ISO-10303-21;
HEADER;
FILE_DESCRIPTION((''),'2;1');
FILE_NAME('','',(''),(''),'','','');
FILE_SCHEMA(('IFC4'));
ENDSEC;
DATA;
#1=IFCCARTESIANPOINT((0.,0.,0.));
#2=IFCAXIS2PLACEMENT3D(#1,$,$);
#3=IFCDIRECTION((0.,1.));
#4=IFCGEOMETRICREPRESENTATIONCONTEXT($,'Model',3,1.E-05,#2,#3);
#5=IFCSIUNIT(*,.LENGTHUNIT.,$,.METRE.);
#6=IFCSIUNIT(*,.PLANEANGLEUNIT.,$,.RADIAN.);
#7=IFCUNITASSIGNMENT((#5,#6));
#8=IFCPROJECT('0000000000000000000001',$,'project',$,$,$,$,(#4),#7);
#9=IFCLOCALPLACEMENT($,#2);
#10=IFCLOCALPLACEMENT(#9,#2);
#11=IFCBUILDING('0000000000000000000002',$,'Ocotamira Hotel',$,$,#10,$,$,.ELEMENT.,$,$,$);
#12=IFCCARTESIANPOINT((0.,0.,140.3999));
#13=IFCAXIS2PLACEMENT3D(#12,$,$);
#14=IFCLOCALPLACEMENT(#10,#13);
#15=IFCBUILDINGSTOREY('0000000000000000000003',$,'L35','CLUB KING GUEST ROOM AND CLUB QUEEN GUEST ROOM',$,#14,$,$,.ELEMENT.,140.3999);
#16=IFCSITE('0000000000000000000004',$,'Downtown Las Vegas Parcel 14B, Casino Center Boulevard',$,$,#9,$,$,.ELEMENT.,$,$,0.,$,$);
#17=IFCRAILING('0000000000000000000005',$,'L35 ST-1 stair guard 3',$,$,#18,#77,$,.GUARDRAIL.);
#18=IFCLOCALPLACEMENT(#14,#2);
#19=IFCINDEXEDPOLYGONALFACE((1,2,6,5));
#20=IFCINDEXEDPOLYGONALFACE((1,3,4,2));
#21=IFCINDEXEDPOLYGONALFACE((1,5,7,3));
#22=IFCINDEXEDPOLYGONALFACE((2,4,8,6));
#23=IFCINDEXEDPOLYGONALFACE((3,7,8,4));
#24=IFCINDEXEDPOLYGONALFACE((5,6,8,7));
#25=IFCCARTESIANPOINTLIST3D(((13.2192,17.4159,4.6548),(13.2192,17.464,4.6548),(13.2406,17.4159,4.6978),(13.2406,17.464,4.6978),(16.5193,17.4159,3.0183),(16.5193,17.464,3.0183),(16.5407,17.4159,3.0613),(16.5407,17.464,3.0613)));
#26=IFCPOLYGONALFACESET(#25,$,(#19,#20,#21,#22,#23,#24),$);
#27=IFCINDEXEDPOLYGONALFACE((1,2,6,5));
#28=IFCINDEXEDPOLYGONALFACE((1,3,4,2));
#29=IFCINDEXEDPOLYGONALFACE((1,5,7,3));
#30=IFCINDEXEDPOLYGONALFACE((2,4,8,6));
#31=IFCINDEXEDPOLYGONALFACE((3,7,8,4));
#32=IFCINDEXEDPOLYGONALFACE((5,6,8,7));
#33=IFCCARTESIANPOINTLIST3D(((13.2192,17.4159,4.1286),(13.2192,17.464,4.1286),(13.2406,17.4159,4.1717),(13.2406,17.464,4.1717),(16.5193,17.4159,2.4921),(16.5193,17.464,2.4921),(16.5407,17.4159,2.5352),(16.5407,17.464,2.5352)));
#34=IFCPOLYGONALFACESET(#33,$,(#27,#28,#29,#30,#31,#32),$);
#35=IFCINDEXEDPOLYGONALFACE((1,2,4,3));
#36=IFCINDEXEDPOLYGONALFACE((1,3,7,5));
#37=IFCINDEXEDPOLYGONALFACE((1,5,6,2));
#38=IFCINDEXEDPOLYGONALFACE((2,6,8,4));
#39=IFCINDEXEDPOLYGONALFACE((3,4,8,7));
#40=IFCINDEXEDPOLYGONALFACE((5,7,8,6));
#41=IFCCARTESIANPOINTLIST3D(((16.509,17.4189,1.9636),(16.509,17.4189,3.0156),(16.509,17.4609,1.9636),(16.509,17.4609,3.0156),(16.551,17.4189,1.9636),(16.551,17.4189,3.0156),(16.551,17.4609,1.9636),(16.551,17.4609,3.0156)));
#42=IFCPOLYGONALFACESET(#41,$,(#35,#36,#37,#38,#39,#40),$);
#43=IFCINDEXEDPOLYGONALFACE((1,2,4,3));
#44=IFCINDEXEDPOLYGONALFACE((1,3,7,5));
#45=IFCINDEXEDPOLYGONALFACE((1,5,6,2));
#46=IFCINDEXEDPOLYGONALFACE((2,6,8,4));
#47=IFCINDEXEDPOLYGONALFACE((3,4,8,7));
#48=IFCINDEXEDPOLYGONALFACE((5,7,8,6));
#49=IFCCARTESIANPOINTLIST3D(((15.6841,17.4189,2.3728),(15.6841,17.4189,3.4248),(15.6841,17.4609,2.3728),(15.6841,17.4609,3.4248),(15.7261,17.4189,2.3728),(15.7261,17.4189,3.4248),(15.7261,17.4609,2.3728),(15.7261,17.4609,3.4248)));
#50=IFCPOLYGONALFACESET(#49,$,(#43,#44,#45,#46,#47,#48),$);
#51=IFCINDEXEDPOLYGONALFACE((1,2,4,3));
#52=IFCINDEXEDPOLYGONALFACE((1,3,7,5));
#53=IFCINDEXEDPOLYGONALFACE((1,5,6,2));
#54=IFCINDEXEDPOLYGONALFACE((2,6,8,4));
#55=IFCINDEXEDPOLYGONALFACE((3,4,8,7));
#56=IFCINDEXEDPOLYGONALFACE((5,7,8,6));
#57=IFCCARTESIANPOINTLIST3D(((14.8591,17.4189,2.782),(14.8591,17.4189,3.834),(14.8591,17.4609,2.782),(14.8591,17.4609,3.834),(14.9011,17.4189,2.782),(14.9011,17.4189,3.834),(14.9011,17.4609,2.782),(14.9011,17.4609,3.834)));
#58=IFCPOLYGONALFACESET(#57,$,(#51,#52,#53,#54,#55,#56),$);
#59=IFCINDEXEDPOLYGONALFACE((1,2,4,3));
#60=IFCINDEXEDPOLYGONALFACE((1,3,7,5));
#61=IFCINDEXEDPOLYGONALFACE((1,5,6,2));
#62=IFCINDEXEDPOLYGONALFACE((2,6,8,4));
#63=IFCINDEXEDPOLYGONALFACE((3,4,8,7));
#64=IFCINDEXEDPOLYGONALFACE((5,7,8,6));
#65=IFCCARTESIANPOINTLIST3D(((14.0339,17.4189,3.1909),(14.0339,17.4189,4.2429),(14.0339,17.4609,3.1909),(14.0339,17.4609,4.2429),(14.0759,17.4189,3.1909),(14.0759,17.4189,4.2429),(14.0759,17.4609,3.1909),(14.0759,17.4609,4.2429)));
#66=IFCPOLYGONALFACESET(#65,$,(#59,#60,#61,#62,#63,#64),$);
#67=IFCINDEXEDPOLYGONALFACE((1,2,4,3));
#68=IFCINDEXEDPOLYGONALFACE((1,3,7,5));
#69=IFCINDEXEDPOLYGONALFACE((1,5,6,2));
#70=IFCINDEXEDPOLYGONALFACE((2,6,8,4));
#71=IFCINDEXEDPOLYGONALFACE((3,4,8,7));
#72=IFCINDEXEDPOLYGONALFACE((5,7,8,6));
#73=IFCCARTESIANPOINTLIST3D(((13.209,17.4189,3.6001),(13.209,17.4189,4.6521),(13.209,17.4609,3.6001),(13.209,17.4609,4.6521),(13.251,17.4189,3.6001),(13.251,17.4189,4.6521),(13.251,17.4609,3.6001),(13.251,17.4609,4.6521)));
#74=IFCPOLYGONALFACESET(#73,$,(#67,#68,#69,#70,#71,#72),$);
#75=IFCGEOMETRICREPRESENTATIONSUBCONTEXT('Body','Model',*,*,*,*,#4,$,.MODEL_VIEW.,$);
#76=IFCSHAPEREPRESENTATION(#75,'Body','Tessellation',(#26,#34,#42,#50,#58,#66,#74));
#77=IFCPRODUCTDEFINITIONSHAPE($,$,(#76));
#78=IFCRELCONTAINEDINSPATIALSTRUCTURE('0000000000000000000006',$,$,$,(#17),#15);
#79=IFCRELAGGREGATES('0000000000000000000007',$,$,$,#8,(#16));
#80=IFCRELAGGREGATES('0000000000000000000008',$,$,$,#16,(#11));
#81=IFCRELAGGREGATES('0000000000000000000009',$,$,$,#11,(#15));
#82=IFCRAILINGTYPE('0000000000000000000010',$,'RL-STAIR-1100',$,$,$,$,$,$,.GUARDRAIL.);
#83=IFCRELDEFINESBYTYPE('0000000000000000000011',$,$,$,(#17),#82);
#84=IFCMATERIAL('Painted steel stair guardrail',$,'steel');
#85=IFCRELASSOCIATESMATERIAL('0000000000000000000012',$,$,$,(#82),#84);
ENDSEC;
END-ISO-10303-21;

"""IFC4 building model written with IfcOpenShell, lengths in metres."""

from ifc_helpers import new_model, si_unit, direction, frame, origin, origin_2d, place, context, subcontext, project, spatial, rectangle, extrude, material, type_object, element, save


model = new_model("IFC4")

# Units and contexts
model_context = context("Model", 3, precision=1e-05, world=origin(), true_north=direction((0.0, 1.0)))
body_context = subcontext(model_context, "Body", "Model", "MODEL_VIEW")
ifc_project = project(units=[si_unit("LENGTHUNIT", "METRE"), si_unit("PLANEANGLEUNIT", "RADIAN")], contexts=[model_context])

# Site, building, storey
site_placement = place(None, origin())
site = spatial("IfcSite", under=ifc_project, at=site_placement, Name="Downtown Las Vegas Parcel 14B, Casino Center Boulevard", CompositionType="ELEMENT", RefElevation=0.0)
building_placement = place(site_placement, origin())
building = spatial("IfcBuilding", under=site, at=building_placement, Name="Ocotamira Hotel", CompositionType="ELEMENT")
storey_placement = place(building_placement, frame((0.0, 0.0, 140.3999)))
storey = spatial("IfcBuildingStorey", under=building, at=storey_placement, Name="L35", Description="CLUB KING GUEST ROOM AND CLUB QUEEN GUEST ROOM", CompositionType="ELEMENT", Elevation=140.3999)

# Railing
ifc_material_1 = material(Name="Painted steel stair guardrail", Category="steel")
railing_type_1 = type_object("IfcRailingType", Name="RL-STAIR-1100", PredefinedType="GUARDRAIL", material=ifc_material_1)
railing_1_placement = place(storey_placement, frame((16.53, 17.4399, 1.9636)))
element("IfcRailing", 1, at=railing_1_placement, inside=storey, type_object=railing_type_1, Name="L35 ST-1 stair guard 3", PredefinedType="GUARDRAIL", context=body_context, shape_type="SweptSolid", body=[
    extrude(rectangle(XDim=0.0481, YDim=0.0481, at=origin_2d()), frame((0.0, 0.0, 1.0762), z_axis=(-0.895894, 0.0, 0.444268), x_axis=(0.0, -1.0, 0.0)), (0.0, 0.0, 1.0), 3.6836),
    extrude(rectangle(XDim=0.0481, YDim=0.0481, at=origin_2d()), frame((0.0, 0.0, 0.55), z_axis=(-0.895894, 0.0, 0.444268), x_axis=(0.0, -1.0, 0.0)), (0.0, 0.0, 1.0), 3.6836),
    extrude(rectangle(XDim=0.042, YDim=0.042, at=origin_2d()), origin(), (0.0, 0.0, 1.0), 1.052),
    extrude(rectangle(XDim=0.042, YDim=0.042, at=origin_2d()), frame((-0.825, 0.0, 0.4092)), (0.0, 0.0, 1.0), 1.052),
    extrude(rectangle(XDim=0.042, YDim=0.042, at=origin_2d()), frame((-1.6499, 0.0, 0.8184)), (0.0, 0.0, 1.0), 1.052),
    extrude(rectangle(XDim=0.042, YDim=0.042, at=origin_2d()), frame((-2.4751, 0.0, 1.2273)), (0.0, 0.0, 1.0), 1.052),
    extrude(rectangle(XDim=0.042, YDim=0.042, at=origin_2d()), frame((-3.3, 0.0, 1.6365)), (0.0, 0.0, 1.0), 1.052),
])

save(model, "model.ifc")
